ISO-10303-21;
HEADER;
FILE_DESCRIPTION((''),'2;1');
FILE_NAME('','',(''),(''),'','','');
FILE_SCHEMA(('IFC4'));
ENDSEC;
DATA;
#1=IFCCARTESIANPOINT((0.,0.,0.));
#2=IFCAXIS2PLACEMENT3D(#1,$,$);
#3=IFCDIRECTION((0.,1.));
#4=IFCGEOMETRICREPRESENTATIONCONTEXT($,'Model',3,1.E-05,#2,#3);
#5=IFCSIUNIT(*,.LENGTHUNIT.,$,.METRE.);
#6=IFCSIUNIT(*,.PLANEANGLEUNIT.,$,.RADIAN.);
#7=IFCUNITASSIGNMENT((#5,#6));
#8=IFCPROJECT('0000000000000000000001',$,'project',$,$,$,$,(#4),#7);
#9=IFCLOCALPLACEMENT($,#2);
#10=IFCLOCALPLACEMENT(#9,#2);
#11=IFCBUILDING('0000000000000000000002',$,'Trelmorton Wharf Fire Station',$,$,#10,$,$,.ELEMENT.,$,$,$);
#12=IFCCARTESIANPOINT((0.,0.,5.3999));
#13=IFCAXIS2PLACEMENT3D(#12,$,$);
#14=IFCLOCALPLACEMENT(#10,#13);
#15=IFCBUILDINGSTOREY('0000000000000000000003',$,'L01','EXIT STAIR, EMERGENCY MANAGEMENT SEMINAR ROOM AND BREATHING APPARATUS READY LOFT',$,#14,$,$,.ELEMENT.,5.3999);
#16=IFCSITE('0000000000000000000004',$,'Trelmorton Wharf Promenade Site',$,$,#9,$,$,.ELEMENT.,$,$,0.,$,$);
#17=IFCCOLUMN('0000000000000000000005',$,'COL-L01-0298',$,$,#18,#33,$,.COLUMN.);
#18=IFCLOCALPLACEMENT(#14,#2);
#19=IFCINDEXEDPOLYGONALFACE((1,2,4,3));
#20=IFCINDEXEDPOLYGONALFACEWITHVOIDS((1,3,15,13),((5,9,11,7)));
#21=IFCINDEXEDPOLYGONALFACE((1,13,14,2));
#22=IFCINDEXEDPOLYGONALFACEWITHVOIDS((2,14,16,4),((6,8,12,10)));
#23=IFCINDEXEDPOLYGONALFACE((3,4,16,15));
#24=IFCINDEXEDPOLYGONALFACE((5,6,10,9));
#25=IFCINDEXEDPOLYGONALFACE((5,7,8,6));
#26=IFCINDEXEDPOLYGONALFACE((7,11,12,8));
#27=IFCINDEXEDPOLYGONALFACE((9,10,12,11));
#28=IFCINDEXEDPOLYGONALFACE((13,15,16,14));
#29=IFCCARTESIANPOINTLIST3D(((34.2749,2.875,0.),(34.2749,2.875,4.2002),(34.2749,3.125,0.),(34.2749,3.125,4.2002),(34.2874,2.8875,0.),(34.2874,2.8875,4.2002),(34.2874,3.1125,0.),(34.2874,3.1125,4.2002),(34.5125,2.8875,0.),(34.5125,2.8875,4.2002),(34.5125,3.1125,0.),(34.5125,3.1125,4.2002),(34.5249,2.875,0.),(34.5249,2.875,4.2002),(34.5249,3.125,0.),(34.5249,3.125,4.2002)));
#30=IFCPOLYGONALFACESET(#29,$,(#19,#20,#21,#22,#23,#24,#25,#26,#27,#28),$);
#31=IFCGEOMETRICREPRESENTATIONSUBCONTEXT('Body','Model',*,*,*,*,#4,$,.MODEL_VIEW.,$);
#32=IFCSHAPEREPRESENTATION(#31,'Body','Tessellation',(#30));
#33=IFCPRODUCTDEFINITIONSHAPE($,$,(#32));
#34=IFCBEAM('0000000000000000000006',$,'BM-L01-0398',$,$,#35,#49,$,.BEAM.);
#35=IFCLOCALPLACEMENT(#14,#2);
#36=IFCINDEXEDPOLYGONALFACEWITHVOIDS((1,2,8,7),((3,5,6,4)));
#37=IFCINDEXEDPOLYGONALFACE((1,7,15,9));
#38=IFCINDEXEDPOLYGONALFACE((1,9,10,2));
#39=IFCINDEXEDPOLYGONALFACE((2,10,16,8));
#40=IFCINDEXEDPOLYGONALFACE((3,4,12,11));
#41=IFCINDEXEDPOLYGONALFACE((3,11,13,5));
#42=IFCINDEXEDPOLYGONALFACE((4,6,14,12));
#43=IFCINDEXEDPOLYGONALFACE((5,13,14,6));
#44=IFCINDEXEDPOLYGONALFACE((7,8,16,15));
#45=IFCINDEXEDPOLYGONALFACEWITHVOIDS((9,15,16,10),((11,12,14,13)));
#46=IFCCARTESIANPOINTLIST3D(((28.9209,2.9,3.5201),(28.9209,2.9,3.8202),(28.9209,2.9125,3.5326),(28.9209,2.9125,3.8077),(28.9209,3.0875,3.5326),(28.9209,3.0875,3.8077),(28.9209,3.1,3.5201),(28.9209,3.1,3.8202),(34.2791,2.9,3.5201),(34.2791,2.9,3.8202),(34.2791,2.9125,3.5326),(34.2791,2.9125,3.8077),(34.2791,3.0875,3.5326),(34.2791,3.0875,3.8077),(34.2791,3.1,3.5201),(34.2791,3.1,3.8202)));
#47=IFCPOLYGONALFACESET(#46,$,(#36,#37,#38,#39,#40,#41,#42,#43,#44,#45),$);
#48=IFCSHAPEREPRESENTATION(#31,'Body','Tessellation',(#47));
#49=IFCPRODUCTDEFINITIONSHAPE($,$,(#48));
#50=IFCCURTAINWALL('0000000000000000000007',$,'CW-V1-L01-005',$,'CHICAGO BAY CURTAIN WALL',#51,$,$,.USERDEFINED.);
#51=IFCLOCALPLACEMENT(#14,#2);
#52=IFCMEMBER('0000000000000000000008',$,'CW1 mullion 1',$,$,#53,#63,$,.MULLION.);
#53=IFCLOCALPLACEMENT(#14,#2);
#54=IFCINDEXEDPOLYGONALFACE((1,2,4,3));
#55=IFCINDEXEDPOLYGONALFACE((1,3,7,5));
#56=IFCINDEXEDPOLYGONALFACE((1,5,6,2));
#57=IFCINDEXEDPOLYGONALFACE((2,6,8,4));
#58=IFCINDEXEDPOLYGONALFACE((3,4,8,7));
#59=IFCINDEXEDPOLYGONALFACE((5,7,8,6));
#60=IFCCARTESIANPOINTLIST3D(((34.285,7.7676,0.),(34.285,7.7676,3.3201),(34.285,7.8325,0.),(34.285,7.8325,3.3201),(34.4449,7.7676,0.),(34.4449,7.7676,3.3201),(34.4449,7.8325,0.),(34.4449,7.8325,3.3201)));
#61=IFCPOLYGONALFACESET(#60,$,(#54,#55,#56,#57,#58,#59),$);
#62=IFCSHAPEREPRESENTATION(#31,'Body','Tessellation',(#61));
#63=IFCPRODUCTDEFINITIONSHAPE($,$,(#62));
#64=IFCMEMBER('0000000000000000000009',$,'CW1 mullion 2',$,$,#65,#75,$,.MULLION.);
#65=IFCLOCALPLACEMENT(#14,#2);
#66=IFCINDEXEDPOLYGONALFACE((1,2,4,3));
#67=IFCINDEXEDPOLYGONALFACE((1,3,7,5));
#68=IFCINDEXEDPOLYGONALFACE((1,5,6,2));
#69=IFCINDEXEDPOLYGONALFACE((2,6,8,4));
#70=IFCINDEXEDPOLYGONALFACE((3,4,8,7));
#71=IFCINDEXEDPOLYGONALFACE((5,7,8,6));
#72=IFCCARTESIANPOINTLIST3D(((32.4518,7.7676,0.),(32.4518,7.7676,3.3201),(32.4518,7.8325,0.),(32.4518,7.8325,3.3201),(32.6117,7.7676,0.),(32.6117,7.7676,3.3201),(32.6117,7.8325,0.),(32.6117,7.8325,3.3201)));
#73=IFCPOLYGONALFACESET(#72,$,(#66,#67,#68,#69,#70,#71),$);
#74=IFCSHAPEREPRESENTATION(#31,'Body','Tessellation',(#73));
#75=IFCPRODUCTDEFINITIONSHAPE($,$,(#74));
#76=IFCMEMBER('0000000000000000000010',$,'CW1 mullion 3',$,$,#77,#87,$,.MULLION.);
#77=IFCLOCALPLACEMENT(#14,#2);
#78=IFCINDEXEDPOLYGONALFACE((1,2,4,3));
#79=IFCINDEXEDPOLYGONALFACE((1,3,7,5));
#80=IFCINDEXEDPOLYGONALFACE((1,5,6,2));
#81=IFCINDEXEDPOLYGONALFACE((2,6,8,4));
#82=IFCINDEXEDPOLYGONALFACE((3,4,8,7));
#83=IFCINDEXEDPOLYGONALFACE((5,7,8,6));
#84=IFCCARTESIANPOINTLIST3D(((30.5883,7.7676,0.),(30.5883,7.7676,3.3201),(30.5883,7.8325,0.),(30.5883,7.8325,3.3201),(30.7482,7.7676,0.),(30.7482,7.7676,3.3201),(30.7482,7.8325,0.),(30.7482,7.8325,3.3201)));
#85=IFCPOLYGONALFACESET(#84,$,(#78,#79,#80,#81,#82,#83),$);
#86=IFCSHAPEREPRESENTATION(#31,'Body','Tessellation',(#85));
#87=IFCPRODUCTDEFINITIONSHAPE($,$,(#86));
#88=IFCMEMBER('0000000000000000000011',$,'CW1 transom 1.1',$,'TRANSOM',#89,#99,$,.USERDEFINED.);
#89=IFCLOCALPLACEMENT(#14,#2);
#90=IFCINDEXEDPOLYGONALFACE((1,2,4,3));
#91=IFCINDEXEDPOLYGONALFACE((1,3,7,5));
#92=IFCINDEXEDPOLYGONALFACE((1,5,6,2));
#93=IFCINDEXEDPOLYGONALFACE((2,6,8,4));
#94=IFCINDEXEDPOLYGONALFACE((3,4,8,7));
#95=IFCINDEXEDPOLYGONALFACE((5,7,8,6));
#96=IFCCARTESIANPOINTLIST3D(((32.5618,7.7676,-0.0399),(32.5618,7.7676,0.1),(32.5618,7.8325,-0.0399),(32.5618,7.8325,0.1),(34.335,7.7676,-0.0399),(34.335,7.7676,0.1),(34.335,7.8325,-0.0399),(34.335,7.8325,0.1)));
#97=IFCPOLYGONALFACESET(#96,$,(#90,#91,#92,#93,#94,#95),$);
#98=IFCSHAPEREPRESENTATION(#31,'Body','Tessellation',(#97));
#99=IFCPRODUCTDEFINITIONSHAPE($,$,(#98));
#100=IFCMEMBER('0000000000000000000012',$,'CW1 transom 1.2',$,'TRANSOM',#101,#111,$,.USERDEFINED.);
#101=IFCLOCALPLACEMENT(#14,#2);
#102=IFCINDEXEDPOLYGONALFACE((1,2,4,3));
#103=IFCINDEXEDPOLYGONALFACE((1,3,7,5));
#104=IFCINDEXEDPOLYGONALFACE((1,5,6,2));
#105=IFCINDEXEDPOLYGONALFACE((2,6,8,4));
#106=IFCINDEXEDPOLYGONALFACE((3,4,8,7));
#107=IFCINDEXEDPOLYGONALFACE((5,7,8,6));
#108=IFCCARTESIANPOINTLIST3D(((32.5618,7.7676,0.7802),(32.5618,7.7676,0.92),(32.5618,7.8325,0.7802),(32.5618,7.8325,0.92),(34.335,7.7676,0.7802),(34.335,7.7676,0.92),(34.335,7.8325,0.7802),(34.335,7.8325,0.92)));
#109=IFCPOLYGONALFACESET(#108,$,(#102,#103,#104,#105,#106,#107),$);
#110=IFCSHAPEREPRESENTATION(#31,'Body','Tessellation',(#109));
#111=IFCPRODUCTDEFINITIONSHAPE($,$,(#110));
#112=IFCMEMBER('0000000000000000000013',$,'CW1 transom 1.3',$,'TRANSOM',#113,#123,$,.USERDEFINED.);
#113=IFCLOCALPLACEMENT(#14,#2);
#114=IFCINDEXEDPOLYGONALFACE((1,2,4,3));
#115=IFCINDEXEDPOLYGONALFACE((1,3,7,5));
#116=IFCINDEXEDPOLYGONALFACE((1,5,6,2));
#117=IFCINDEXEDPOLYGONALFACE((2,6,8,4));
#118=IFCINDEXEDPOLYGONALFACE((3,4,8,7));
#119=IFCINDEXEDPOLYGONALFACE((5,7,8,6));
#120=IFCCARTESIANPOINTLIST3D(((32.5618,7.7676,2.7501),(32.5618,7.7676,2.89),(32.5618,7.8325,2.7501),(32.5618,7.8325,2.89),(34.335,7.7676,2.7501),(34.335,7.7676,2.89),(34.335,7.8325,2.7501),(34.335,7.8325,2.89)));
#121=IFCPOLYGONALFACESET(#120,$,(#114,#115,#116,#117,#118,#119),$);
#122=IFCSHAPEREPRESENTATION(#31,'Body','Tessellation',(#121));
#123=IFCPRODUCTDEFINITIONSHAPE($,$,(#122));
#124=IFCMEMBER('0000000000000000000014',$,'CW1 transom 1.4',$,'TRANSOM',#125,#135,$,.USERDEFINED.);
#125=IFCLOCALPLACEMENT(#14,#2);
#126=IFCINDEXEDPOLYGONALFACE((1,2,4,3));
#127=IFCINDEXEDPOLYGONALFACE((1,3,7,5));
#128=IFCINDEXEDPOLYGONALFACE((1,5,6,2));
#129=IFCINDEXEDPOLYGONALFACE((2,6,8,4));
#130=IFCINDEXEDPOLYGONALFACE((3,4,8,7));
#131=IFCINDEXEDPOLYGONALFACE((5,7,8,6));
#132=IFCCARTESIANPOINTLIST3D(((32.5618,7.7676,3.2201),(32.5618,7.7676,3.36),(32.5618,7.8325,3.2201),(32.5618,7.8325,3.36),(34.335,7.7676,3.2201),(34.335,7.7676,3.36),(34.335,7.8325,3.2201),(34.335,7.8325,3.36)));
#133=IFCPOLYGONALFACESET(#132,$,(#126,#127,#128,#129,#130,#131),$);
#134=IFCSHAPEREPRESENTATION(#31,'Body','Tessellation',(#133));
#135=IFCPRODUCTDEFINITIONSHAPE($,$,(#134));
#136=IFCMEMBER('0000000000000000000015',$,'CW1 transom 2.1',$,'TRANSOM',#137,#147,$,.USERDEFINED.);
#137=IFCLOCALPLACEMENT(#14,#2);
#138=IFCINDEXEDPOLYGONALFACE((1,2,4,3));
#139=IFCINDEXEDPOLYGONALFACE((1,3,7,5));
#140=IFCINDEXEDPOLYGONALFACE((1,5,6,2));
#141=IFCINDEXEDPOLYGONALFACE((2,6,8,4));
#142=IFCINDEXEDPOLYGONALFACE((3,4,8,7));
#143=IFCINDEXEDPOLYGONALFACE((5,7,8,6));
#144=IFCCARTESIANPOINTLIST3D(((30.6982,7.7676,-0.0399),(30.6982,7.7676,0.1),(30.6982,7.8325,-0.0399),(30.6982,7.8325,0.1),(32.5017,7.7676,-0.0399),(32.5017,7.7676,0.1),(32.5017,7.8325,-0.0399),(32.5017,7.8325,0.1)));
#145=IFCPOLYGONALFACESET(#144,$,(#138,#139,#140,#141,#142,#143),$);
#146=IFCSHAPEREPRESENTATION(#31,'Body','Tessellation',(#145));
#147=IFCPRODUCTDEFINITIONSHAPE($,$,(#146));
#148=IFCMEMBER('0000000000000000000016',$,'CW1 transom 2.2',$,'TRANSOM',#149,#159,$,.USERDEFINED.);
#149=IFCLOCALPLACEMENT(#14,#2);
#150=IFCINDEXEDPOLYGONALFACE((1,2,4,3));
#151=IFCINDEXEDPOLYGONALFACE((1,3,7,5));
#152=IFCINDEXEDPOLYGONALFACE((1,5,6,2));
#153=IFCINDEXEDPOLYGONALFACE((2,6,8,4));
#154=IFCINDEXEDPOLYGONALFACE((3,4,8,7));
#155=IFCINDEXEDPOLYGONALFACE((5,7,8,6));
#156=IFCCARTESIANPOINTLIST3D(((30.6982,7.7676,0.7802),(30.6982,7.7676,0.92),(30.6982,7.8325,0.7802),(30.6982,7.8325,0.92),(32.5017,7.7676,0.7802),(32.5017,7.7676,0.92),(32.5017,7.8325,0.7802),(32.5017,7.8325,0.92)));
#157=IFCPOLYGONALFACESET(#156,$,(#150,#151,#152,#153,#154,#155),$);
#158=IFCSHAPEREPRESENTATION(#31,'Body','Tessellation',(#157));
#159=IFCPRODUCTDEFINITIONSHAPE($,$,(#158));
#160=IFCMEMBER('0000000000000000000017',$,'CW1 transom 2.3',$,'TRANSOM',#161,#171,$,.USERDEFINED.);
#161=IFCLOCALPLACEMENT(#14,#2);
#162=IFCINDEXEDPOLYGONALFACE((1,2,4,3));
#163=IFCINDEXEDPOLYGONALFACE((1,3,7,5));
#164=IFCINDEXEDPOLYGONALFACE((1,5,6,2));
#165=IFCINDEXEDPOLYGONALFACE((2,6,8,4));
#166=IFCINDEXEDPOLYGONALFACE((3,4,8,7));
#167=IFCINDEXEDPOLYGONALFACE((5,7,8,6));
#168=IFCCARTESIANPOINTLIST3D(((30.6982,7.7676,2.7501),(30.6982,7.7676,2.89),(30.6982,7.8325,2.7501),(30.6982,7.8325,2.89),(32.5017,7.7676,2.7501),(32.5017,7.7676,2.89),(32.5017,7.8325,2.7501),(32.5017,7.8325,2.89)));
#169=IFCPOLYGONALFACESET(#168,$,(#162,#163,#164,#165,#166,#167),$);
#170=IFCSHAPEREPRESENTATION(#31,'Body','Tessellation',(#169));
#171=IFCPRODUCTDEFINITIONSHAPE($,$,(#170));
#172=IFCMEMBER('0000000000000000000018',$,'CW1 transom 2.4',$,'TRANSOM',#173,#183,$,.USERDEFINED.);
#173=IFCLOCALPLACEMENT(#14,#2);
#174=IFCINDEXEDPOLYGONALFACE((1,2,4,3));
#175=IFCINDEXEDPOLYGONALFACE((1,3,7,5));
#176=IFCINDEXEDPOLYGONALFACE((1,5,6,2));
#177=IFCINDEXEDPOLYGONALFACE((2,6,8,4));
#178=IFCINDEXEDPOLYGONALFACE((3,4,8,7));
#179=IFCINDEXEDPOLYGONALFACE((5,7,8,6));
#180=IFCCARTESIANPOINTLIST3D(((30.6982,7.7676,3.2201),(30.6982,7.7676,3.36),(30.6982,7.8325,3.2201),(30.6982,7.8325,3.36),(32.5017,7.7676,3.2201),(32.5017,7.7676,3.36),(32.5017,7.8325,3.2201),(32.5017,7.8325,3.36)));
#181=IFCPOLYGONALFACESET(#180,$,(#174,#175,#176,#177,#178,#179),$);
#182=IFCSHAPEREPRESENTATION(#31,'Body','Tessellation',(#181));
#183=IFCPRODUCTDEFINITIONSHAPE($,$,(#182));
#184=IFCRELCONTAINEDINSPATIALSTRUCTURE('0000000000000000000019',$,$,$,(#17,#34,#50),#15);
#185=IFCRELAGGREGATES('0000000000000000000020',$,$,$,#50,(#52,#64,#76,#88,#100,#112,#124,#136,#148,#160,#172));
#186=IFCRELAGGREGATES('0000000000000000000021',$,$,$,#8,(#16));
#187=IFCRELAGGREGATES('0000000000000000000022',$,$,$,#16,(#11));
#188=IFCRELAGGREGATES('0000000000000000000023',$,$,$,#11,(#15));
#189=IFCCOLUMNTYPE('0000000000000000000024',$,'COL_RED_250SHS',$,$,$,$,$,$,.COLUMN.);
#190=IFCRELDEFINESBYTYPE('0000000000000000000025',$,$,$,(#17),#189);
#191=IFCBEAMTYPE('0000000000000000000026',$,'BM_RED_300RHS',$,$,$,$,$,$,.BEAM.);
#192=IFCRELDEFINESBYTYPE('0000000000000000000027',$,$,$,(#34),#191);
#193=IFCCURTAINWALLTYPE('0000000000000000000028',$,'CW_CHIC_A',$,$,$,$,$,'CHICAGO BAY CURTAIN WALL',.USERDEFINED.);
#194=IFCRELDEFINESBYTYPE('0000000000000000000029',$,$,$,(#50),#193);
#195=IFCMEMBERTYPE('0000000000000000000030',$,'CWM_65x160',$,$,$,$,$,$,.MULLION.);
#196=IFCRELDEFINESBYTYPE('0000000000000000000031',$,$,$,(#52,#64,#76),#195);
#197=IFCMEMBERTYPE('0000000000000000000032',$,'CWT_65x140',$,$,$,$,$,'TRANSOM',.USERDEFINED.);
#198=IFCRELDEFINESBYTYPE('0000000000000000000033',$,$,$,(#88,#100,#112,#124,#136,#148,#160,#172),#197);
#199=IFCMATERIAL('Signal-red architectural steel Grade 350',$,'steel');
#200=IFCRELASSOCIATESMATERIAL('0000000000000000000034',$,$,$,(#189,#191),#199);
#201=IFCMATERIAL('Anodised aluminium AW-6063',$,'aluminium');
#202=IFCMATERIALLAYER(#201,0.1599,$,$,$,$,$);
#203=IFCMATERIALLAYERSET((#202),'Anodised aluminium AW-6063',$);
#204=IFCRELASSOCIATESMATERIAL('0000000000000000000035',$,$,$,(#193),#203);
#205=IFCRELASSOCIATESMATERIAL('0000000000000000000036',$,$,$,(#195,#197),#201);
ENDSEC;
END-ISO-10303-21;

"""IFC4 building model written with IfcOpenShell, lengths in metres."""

from ifc_helpers import new_model, si_unit, direction, frame, origin, origin_2d, place, context, subcontext, project, spatial, rectangle, hollow_rectangle, extrude, material, layer, layer_set, material_profile, profile_set, type_object, element, aggregate, save


model = new_model("IFC4")

# Units and contexts
model_context = context("Model", 3, precision=1e-05, world=origin(), true_north=direction((0.0, 1.0)))
body_context = subcontext(model_context, "Body", "Model", "MODEL_VIEW")
ifc_project = project(units=[si_unit("LENGTHUNIT", "METRE"), si_unit("PLANEANGLEUNIT", "RADIAN")], contexts=[model_context])

# Site, building, storey
site_placement = place(None, origin())
site = spatial("IfcSite", under=ifc_project, at=site_placement, Name="Trelmorton Wharf Promenade Site", CompositionType="ELEMENT", RefElevation=0.0)
building_placement = place(site_placement, origin())
building = spatial("IfcBuilding", under=site, at=building_placement, Name="Trelmorton Wharf Fire Station", CompositionType="ELEMENT")
storey_placement = place(building_placement, frame((0.0, 0.0, 5.3999)))
storey = spatial("IfcBuildingStorey", under=building, at=storey_placement, Name="L01", Description="EXIT STAIR, EMERGENCY MANAGEMENT SEMINAR ROOM AND BREATHING APPARATUS READY LOFT", CompositionType="ELEMENT", Elevation=5.3999)

# Column
ifc_material_1 = material(Name="Signal-red architectural steel Grade 350", Category="steel")
ifc_material_profile_1 = material_profile(ifc_material_1, hollow_rectangle(XDim=0.25, YDim=0.25, WallThickness=0.0125, at=origin_2d()), Name="250x250x12.5SHS")
ifc_profile_set_1 = profile_set([ifc_material_profile_1], Name="Signal-red architectural steel Grade 350")
column_type = type_object("IfcColumnType", Name="COL_RED_250SHS", PredefinedType="COLUMN", material=ifc_profile_set_1)
column_placement = place(storey_placement, frame((34.3999, 3.0, 0.0), z_axis=(0.0, 0.0, 1.0), x_axis=(1.0, 0.0, 0.0)))
element("IfcColumn", 1, at=column_placement, inside=storey, type_object=column_type, Name="COL-L01-0298", PredefinedType="COLUMN", context=body_context, shape_type="SweptSolid", body=[
    extrude(hollow_rectangle(XDim=0.25, YDim=0.25, WallThickness=0.0125, at=origin_2d()), origin(), (0.0, 0.0, 1.0), 4.2002),
])

# Beam
ifc_material_profile_2 = material_profile(ifc_material_1, hollow_rectangle(XDim=0.2, YDim=0.3, WallThickness=0.0125, at=origin_2d()), Name="300x200x12.5RHS")
ifc_profile_set_2 = profile_set([ifc_material_profile_2], Name="Signal-red architectural steel Grade 350")
beam_type = type_object("IfcBeamType", Name="BM_RED_300RHS", PredefinedType="BEAM", material=ifc_profile_set_2)
beam_placement = place(storey_placement, frame((28.9209, 3.0, 3.6702), z_axis=(1.0, 0.0, 0.0), x_axis=(0.0, 1.0, 0.0)))
element("IfcBeam", 2, at=beam_placement, inside=storey, type_object=beam_type, Name="BM-L01-0398", PredefinedType="BEAM", context=body_context, shape_type="SweptSolid", body=[
    extrude(hollow_rectangle(XDim=0.2, YDim=0.3, WallThickness=0.0125, at=origin_2d()), origin(), (0.0, 0.0, 1.0), 5.3582),
])

# Curtain wall, members
ifc_material_2 = material(Name="Anodised aluminium AW-6063", Category="aluminium")
ifc_layer_1 = layer(ifc_material_2, 0.1599)
ifc_layer_set_1 = layer_set([ifc_layer_1], Name="Anodised aluminium AW-6063")
curtain_wall_type = type_object("IfcCurtainWallType", Name="CW_CHIC_A", ElementType="CHICAGO BAY CURTAIN WALL", PredefinedType="USERDEFINED", material=ifc_layer_set_1)
curtain_wall_placement = place(storey_placement, origin())
curtain_wall = element("IfcCurtainWall", 3, at=curtain_wall_placement, inside=storey, type_object=curtain_wall_type, Name="CW-V1-L01-005", ObjectType="CHICAGO BAY CURTAIN WALL", PredefinedType="USERDEFINED")
ifc_material_profile_3 = material_profile(ifc_material_2, rectangle(XDim=0.0649, YDim=0.1599, at=origin_2d()), Name="ALU-65x160")
ifc_profile_set_3 = profile_set([ifc_material_profile_3], Name="Anodised aluminium AW-6063")
member_type_1 = type_object("IfcMemberType", Name="CWM_65x160", PredefinedType="MULLION", material=ifc_profile_set_3)
member_1_placement = place(storey_placement, frame((34.365, 7.8, 0.0), z_axis=(0.0, 0.0, 1.0), x_axis=(0.0, -1.0, 0.0)))
member_1 = element("IfcMember", 4, at=member_1_placement, type_object=member_type_1, Name="CW1 mullion 1", PredefinedType="MULLION", context=body_context, shape_type="SweptSolid", body=[
    extrude(rectangle(XDim=0.0649, YDim=0.1599, at=origin_2d()), origin(), (0.0, 0.0, 1.0), 3.3201),
])
member_2_placement = place(storey_placement, frame((32.5317, 7.8, 0.0), z_axis=(0.0, 0.0, 1.0), x_axis=(0.0, -1.0, 0.0)))
member_2 = element("IfcMember", 5, at=member_2_placement, type_object=member_type_1, Name="CW1 mullion 2", PredefinedType="MULLION", context=body_context, shape_type="SweptSolid", body=[
    extrude(rectangle(XDim=0.0649, YDim=0.1599, at=origin_2d()), origin(), (0.0, 0.0, 1.0), 3.3201),
])
member_3_placement = place(storey_placement, frame((30.6682, 7.8, 0.0), z_axis=(0.0, 0.0, 1.0), x_axis=(0.0, -1.0, 0.0)))
member_3 = element("IfcMember", 6, at=member_3_placement, type_object=member_type_1, Name="CW1 mullion 3", PredefinedType="MULLION", context=body_context, shape_type="SweptSolid", body=[
    extrude(rectangle(XDim=0.0649, YDim=0.1599, at=origin_2d()), origin(), (0.0, 0.0, 1.0), 3.3201),
])
ifc_material_profile_4 = material_profile(ifc_material_2, rectangle(XDim=0.0649, YDim=0.1399, at=origin_2d()), Name="ALU-65x140")
ifc_profile_set_4 = profile_set([ifc_material_profile_4], Name="Anodised aluminium AW-6063")
member_type_2 = type_object("IfcMemberType", Name="CWT_65x140", ElementType="TRANSOM", PredefinedType="USERDEFINED", material=ifc_profile_set_4)
member_4_placement = place(storey_placement, frame((34.335, 7.8, 0.03), z_axis=(-1.0, 0.0, 0.0), x_axis=(0.0, -1.0, 0.0)))
member_4 = element("IfcMember", 7, at=member_4_placement, type_object=member_type_2, Name="CW1 transom 1.1", ObjectType="TRANSOM", PredefinedType="USERDEFINED", context=body_context, shape_type="SweptSolid", body=[
    extrude(rectangle(XDim=0.0649, YDim=0.1399, at=origin_2d()), origin(), (0.0, 0.0, 1.0), 1.7732),
])
member_5_placement = place(storey_placement, frame((34.335, 7.8, 0.8501), z_axis=(-1.0, 0.0, 0.0), x_axis=(0.0, -1.0, 0.0)))
member_5 = element("IfcMember", 8, at=member_5_placement, type_object=member_type_2, Name="CW1 transom 1.2", ObjectType="TRANSOM", PredefinedType="USERDEFINED", context=body_context, shape_type="SweptSolid", body=[
    extrude(rectangle(XDim=0.0649, YDim=0.1399, at=origin_2d()), origin(), (0.0, 0.0, 1.0), 1.7732),
])
member_6_placement = place(storey_placement, frame((34.335, 7.8, 2.8201), z_axis=(-1.0, 0.0, 0.0), x_axis=(0.0, -1.0, 0.0)))
member_6 = element("IfcMember", 9, at=member_6_placement, type_object=member_type_2, Name="CW1 transom 1.3", ObjectType="TRANSOM", PredefinedType="USERDEFINED", context=body_context, shape_type="SweptSolid", body=[
    extrude(rectangle(XDim=0.0649, YDim=0.1399, at=origin_2d()), origin(), (0.0, 0.0, 1.0), 1.7732),
])
member_7_placement = place(storey_placement, frame((34.335, 7.8, 3.29), z_axis=(-1.0, 0.0, 0.0), x_axis=(0.0, -1.0, 0.0)))
member_7 = element("IfcMember", 10, at=member_7_placement, type_object=member_type_2, Name="CW1 transom 1.4", ObjectType="TRANSOM", PredefinedType="USERDEFINED", context=body_context, shape_type="SweptSolid", body=[
    extrude(rectangle(XDim=0.0649, YDim=0.1399, at=origin_2d()), origin(), (0.0, 0.0, 1.0), 1.7732),
])
member_8_placement = place(storey_placement, frame((32.5017, 7.8, 0.03), z_axis=(-1.0, 0.0, 0.0), x_axis=(0.0, -1.0, 0.0)))
member_8 = element("IfcMember", 11, at=member_8_placement, type_object=member_type_2, Name="CW1 transom 2.1", ObjectType="TRANSOM", PredefinedType="USERDEFINED", context=body_context, shape_type="SweptSolid", body=[
    extrude(rectangle(XDim=0.0649, YDim=0.1399, at=origin_2d()), origin(), (0.0, 0.0, 1.0), 1.8035),
])
member_9_placement = place(storey_placement, frame((32.5017, 7.8, 0.8501), z_axis=(-1.0, 0.0, 0.0), x_axis=(0.0, -1.0, 0.0)))
member_9 = element("IfcMember", 12, at=member_9_placement, type_object=member_type_2, Name="CW1 transom 2.2", ObjectType="TRANSOM", PredefinedType="USERDEFINED", context=body_context, shape_type="SweptSolid", body=[
    extrude(rectangle(XDim=0.0649, YDim=0.1399, at=origin_2d()), origin(), (0.0, 0.0, 1.0), 1.8035),
])
member_10_placement = place(storey_placement, frame((32.5017, 7.8, 2.8201), z_axis=(-1.0, 0.0, 0.0), x_axis=(0.0, -1.0, 0.0)))
member_10 = element("IfcMember", 13, at=member_10_placement, type_object=member_type_2, Name="CW1 transom 2.3", ObjectType="TRANSOM", PredefinedType="USERDEFINED", context=body_context, shape_type="SweptSolid", body=[
    extrude(rectangle(XDim=0.0649, YDim=0.1399, at=origin_2d()), origin(), (0.0, 0.0, 1.0), 1.8035),
])
member_11_placement = place(storey_placement, frame((32.5017, 7.8, 3.29), z_axis=(-1.0, 0.0, 0.0), x_axis=(0.0, -1.0, 0.0)))
member_11 = element("IfcMember", 14, at=member_11_placement, type_object=member_type_2, Name="CW1 transom 2.4", ObjectType="TRANSOM", PredefinedType="USERDEFINED", context=body_context, shape_type="SweptSolid", body=[
    extrude(rectangle(XDim=0.0649, YDim=0.1399, at=origin_2d()), origin(), (0.0, 0.0, 1.0), 1.8035),
])
aggregate(curtain_wall, [member_1, member_2, member_3, member_4, member_5, member_6, member_7, member_8, member_9, member_10, member_11])

save(model, "model.ifc")
